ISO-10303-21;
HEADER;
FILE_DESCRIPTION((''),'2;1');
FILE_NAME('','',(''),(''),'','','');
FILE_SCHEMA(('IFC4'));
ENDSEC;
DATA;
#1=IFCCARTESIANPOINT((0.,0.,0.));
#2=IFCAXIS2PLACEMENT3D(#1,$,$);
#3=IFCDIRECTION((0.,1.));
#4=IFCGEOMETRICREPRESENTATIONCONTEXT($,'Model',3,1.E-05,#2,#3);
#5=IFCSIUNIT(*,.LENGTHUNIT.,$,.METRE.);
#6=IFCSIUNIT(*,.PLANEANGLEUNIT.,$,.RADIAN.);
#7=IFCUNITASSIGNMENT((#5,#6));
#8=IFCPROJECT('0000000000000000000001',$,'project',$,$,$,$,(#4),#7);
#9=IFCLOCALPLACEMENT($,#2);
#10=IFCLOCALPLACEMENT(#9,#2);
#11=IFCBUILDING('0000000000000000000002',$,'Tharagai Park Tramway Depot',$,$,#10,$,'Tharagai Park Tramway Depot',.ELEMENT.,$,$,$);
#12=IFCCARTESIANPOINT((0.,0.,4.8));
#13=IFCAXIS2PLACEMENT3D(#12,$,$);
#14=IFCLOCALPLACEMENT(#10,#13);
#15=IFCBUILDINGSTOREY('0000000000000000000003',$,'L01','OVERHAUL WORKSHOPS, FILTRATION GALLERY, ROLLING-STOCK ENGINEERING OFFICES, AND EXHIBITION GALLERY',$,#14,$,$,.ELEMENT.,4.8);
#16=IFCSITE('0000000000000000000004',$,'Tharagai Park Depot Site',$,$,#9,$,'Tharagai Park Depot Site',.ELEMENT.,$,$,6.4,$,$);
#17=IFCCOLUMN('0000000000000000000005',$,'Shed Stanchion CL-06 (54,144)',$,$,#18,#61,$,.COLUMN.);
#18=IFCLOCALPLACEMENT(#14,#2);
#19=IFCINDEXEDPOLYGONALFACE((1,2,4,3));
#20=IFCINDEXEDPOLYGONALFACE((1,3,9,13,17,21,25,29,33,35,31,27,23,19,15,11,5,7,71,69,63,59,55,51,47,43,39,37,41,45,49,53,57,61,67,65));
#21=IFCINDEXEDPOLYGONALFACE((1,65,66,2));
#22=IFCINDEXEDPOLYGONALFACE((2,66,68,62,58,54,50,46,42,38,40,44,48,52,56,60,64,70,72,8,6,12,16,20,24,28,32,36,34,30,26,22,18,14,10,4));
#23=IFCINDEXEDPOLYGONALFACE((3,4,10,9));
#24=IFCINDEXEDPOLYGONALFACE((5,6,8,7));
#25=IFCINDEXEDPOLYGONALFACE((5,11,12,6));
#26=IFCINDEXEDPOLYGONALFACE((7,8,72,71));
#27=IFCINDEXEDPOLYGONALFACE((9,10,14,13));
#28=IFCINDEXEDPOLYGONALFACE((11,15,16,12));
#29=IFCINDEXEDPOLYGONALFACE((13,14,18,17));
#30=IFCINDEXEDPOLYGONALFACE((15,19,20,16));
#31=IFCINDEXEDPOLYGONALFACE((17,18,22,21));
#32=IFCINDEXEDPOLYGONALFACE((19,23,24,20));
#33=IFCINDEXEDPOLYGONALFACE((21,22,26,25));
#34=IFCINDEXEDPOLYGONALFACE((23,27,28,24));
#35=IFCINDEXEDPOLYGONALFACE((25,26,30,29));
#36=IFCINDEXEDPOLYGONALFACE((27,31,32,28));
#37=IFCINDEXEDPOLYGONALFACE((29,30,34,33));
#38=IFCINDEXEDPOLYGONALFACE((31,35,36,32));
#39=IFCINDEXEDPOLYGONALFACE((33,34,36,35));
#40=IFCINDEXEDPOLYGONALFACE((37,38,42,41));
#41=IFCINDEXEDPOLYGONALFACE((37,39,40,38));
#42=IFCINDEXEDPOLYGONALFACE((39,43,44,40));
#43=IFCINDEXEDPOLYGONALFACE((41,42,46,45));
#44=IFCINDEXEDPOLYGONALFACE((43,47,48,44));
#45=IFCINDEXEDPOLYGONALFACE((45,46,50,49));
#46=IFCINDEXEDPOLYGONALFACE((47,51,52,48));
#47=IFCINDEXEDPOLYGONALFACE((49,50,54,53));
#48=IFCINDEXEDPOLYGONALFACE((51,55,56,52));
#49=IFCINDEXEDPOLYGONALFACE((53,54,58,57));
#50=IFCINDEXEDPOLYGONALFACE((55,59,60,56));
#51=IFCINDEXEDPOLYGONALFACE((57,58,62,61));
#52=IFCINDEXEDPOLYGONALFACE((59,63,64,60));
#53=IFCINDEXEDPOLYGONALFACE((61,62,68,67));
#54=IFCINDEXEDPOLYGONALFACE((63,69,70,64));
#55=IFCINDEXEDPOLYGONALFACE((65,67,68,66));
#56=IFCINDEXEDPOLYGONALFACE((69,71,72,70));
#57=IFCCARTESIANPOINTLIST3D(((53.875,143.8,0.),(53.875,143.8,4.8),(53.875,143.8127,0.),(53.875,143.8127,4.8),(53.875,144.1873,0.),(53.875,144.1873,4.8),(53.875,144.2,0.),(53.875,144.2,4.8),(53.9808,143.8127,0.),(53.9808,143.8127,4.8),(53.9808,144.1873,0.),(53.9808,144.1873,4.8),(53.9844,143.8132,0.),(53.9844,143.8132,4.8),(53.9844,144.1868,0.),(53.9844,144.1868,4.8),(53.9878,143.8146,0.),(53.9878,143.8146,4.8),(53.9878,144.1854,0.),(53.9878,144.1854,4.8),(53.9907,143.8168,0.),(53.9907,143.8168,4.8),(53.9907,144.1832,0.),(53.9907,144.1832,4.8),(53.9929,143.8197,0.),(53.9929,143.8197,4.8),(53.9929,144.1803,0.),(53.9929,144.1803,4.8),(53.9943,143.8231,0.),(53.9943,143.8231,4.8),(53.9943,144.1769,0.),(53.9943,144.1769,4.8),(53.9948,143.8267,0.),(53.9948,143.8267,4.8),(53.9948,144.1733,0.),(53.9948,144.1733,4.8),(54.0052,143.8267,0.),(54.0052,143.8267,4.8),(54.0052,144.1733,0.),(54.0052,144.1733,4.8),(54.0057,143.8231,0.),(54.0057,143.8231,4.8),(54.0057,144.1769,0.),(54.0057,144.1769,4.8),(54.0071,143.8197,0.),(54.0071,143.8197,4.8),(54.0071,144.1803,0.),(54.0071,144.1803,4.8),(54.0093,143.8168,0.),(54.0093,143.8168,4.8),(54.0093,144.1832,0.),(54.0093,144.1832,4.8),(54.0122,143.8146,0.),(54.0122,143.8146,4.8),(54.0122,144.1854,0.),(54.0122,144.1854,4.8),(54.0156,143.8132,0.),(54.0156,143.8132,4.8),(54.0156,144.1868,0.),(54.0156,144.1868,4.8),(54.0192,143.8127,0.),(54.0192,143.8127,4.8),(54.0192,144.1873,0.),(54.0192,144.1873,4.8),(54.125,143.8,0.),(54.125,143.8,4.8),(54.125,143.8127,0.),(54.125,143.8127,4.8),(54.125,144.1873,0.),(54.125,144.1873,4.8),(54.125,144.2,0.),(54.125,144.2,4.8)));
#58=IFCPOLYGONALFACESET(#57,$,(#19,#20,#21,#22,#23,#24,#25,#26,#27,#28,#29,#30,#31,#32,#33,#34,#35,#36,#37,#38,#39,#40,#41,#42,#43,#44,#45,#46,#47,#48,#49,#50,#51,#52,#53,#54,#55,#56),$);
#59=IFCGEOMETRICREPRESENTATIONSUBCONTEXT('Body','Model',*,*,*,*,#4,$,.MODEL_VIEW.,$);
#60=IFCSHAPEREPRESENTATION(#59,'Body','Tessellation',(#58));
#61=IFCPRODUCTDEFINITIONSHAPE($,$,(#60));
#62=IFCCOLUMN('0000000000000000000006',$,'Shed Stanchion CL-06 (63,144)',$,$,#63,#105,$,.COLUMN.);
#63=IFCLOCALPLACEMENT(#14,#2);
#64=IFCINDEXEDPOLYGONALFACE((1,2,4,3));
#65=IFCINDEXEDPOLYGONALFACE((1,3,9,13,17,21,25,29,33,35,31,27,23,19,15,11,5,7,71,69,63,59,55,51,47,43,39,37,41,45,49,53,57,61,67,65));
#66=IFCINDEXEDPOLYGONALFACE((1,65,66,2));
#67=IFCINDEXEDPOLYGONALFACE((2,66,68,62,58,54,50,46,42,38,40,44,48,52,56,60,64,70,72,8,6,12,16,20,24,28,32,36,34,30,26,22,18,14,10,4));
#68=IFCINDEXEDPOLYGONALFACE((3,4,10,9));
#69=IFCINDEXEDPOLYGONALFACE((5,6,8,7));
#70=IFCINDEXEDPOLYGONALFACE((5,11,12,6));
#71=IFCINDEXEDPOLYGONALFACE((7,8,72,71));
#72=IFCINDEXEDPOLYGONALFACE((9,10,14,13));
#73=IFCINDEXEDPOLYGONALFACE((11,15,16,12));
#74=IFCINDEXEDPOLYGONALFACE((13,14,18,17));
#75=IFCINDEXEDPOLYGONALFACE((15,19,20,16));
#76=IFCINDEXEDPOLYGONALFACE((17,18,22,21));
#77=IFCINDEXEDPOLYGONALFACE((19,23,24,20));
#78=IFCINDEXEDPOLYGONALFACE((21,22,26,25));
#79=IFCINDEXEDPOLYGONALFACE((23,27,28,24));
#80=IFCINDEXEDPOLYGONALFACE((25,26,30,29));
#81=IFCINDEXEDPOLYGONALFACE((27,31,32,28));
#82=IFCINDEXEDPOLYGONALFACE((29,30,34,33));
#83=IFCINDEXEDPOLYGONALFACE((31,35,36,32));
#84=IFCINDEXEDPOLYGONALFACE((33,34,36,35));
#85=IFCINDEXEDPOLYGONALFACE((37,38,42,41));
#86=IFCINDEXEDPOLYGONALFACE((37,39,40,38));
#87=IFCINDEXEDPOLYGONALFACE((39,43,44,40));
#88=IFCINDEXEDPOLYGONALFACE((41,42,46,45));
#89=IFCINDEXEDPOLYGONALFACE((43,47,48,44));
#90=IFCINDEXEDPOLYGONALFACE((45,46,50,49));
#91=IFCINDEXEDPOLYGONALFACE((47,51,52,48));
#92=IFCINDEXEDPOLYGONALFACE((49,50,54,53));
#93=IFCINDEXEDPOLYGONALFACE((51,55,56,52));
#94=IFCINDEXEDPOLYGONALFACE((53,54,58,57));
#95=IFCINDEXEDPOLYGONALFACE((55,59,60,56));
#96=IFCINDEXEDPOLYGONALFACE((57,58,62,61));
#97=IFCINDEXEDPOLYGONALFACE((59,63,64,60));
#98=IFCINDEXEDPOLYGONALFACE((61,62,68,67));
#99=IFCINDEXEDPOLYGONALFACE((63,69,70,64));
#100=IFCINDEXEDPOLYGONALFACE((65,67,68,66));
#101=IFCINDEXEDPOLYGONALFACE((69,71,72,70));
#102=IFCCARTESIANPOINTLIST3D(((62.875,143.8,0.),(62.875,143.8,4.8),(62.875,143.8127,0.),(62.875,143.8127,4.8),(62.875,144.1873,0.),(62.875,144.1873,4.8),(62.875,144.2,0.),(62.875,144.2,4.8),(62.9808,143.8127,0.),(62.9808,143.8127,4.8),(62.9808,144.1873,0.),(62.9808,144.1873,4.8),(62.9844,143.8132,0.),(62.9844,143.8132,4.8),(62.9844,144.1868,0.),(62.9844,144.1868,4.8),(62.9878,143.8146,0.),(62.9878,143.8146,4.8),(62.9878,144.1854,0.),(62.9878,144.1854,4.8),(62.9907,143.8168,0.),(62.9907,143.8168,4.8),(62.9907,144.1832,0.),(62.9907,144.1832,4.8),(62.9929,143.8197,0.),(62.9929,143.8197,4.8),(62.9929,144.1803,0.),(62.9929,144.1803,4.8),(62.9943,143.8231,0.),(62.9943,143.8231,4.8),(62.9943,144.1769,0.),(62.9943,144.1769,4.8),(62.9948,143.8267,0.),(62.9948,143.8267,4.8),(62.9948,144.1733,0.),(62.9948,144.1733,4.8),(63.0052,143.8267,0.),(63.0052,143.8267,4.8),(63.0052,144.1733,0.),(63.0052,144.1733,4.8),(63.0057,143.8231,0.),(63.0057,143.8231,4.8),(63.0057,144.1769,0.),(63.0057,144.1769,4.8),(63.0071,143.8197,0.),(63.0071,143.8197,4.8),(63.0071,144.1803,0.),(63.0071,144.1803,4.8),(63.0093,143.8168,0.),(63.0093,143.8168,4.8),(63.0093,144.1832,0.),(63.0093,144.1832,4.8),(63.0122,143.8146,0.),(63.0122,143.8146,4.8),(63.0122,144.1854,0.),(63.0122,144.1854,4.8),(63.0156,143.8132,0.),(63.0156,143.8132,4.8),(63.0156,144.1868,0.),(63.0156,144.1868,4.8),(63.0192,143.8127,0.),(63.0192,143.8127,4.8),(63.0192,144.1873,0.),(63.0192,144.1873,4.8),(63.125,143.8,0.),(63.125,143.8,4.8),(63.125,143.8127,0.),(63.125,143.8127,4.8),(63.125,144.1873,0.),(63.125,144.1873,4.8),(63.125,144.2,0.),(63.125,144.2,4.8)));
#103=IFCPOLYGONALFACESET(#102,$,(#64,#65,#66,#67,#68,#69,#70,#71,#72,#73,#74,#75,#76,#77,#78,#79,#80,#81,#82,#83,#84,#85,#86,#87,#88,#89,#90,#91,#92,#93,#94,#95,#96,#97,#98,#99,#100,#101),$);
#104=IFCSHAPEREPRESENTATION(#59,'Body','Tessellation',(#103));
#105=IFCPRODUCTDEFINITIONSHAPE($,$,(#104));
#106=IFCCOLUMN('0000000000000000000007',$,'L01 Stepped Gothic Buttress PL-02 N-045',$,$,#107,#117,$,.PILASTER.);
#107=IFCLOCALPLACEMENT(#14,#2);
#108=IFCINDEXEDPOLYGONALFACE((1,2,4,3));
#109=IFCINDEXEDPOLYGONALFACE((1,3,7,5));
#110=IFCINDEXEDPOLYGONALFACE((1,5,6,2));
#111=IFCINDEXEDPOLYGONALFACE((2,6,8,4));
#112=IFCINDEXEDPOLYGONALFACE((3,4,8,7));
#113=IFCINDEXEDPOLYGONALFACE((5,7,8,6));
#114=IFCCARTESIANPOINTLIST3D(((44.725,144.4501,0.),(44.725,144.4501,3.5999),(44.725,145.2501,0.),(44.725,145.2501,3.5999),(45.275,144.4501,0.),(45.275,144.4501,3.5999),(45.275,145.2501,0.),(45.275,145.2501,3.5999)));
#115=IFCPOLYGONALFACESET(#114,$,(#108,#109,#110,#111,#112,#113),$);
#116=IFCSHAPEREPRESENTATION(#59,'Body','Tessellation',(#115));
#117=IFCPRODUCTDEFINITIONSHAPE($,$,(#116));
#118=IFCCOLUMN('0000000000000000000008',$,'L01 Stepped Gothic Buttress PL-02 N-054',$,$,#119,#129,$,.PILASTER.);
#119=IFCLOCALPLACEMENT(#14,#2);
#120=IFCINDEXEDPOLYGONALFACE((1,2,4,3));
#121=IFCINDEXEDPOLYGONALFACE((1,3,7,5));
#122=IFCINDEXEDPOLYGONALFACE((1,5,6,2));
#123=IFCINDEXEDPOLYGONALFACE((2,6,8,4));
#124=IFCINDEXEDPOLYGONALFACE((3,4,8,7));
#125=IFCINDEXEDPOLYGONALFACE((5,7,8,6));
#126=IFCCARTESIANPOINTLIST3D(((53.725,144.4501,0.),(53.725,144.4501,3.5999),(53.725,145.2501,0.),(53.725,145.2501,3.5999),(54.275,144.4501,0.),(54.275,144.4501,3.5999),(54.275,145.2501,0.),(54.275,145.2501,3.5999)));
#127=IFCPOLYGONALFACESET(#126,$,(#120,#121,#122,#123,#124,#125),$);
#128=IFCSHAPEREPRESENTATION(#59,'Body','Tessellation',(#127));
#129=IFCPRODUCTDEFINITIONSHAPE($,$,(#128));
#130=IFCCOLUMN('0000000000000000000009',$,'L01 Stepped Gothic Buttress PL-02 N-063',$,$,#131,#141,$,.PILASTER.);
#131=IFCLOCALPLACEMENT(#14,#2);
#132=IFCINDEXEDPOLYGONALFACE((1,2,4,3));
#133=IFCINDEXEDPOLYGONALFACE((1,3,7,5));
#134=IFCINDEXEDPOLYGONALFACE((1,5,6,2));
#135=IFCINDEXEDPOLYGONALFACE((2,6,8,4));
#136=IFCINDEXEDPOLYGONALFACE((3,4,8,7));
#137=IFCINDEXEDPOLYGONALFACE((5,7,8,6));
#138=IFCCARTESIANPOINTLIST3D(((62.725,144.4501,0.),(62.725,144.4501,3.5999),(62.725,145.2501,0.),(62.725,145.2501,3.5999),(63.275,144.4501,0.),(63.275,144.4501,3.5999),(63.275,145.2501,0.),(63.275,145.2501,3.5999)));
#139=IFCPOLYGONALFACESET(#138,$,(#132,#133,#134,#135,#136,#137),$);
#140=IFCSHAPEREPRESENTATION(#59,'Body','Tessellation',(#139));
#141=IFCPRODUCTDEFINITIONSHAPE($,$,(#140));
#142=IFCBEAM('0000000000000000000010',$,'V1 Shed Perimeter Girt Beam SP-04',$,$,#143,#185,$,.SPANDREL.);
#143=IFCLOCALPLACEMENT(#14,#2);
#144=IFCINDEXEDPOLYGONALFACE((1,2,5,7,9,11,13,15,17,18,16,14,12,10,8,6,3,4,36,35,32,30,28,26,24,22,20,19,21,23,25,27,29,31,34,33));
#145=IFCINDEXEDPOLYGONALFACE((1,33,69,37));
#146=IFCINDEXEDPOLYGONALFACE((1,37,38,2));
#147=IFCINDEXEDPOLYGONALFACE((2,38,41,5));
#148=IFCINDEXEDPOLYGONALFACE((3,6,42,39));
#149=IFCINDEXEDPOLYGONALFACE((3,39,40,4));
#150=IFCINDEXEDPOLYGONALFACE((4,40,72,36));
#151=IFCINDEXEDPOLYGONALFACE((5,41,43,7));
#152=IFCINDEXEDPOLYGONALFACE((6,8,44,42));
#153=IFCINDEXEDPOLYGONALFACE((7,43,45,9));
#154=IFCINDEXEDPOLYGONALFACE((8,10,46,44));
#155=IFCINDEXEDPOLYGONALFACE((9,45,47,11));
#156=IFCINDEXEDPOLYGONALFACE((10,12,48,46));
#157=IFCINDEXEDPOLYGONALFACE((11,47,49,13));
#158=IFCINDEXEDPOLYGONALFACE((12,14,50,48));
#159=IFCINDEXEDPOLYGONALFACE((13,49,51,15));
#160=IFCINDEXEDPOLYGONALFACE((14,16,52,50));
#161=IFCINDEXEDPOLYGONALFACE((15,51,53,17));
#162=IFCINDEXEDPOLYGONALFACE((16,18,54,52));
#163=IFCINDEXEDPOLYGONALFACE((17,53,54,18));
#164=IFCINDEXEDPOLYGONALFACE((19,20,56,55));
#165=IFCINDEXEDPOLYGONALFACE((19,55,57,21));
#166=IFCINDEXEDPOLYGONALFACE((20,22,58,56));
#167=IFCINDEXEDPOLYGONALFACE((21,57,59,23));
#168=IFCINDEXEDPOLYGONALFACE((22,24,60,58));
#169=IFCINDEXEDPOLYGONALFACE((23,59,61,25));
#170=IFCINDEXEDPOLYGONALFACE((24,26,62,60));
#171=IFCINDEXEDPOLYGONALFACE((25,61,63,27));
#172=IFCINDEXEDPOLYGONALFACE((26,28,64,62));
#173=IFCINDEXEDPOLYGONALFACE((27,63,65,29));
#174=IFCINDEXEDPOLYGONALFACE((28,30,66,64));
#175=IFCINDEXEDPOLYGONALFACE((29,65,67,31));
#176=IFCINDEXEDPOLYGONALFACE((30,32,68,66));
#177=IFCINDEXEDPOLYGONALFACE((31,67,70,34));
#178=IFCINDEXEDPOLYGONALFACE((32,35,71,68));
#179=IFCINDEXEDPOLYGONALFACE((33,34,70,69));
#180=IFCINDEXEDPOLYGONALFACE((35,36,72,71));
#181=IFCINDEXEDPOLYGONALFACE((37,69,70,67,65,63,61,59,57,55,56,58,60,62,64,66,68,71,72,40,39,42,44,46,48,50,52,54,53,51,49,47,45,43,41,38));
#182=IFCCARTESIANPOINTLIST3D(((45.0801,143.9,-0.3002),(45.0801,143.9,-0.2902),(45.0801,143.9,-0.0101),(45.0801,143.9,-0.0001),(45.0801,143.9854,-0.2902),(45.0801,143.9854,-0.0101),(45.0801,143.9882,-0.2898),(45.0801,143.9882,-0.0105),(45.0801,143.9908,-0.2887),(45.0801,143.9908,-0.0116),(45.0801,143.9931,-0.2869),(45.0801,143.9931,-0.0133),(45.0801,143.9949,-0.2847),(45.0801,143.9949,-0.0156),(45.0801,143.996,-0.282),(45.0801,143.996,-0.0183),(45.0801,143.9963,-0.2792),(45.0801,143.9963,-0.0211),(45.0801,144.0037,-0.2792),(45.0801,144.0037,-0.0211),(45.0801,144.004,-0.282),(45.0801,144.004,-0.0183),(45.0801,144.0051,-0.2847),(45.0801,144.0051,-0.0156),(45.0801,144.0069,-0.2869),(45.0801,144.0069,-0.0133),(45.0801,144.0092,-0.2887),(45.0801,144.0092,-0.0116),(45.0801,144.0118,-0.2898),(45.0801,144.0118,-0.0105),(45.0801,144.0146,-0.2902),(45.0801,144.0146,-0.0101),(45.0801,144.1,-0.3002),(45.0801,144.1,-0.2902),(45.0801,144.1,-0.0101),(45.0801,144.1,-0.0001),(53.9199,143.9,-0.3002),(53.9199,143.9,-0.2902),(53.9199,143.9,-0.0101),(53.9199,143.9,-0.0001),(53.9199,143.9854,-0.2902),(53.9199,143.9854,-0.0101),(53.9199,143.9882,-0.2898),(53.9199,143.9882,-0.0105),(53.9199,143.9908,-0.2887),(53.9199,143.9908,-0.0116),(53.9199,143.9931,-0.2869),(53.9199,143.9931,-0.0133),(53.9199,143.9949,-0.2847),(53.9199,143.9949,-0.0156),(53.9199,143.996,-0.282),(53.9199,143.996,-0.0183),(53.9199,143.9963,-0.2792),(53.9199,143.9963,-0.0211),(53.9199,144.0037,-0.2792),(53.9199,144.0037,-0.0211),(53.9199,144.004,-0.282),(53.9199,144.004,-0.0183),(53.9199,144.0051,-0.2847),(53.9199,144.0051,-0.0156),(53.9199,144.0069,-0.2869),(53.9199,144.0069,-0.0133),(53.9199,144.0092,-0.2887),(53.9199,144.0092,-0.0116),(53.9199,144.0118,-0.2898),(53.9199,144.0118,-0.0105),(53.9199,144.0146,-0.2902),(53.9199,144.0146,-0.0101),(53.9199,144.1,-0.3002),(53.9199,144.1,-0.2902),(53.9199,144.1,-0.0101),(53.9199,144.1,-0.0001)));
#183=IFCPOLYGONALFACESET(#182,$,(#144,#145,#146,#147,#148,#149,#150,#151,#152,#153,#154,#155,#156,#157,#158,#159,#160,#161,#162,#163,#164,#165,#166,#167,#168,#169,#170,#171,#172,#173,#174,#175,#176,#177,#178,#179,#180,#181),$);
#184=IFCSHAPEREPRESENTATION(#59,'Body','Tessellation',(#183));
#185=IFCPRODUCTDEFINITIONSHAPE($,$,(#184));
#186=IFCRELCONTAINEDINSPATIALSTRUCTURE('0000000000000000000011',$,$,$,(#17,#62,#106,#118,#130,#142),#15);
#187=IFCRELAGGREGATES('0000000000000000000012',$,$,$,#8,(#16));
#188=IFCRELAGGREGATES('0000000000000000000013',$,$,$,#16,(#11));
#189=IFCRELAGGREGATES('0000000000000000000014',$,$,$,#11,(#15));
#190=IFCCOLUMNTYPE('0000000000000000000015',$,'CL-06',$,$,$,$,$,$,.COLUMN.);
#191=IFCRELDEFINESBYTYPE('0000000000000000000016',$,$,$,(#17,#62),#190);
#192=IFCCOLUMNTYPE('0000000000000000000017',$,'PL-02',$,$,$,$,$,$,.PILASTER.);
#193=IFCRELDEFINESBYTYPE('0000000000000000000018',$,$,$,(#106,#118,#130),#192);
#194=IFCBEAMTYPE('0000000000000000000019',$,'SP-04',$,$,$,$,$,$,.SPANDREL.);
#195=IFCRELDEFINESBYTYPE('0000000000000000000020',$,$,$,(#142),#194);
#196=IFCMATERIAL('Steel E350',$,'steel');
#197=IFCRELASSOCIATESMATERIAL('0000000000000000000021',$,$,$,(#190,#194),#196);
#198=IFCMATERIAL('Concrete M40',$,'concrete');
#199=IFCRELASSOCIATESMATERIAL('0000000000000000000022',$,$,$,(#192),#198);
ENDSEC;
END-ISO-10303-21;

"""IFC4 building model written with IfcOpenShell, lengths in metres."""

from ifc_helpers import new_model, si_unit, direction, frame, origin, origin_2d, place, context, subcontext, project, spatial, rectangle, i_section, extrude, material, material_profile, profile_set, type_object, element, save


model = new_model("IFC4")

# Units and contexts
model_context = context("Model", 3, precision=1e-05, world=origin(), true_north=direction((0.0, 1.0)))
body_context = subcontext(model_context, "Body", "Model", "MODEL_VIEW")
ifc_project = project(units=[si_unit("LENGTHUNIT", "METRE"), si_unit("PLANEANGLEUNIT", "RADIAN")], contexts=[model_context])

# Site, building, storey
site_placement = place(None, origin())
site = spatial("IfcSite", under=ifc_project, at=site_placement, Name="Tharagai Park Depot Site", LongName="Tharagai Park Depot Site", CompositionType="ELEMENT", RefElevation=6.4)
building_placement = place(site_placement, origin())
building = spatial("IfcBuilding", under=site, at=building_placement, Name="Tharagai Park Tramway Depot", LongName="Tharagai Park Tramway Depot", CompositionType="ELEMENT")
storey_placement = place(building_placement, frame((0.0, 0.0, 4.8)))
storey = spatial("IfcBuildingStorey", under=building, at=storey_placement, Name="L01", Description="OVERHAUL WORKSHOPS, FILTRATION GALLERY, ROLLING-STOCK ENGINEERING OFFICES, AND EXHIBITION GALLERY", CompositionType="ELEMENT", Elevation=4.8)

# Columns
ifc_material_1 = material(Name="Steel E350", Category="steel")
ifc_material_profile_1 = material_profile(ifc_material_1, i_section(OverallWidth=0.25, OverallDepth=0.3999, WebThickness=0.0105, FlangeThickness=0.0127, FilletRadius=0.0139, at=origin_2d()), Name="ISHB 400")
ifc_profile_set_1 = profile_set([ifc_material_profile_1], Name="Steel E350")
column_type_1 = type_object("IfcColumnType", Name="CL-06", PredefinedType="COLUMN", material=ifc_profile_set_1)
for number, where, z_axis, x_axis, name in (
    (1, (54.0, 144.0, 0.0), (0.0, 0.0, 1.0), (1.0, 0.0, 0.0), "Shed Stanchion CL-06 (54,144)"),
    (2, (63.0, 144.0, 0.0), (0.0, 0.0, 1.0), (1.0, 0.0, 0.0), "Shed Stanchion CL-06 (63,144)"),
):
    element("IfcColumn", number, at=place(storey_placement, frame(where, z_axis=z_axis, x_axis=x_axis)), inside=storey, type_object=column_type_1, Name=name, PredefinedType="COLUMN", context=body_context, shape_type="SweptSolid", body=[
        extrude(i_section(OverallWidth=0.25, OverallDepth=0.3999, WebThickness=0.0105, FlangeThickness=0.0127, FilletRadius=0.0139, at=origin_2d()), origin(), (0.0, 0.0, 1.0), 4.8),
    ])
ifc_material_2 = material(Name="Concrete M40", Category="concrete")
ifc_material_profile_2 = material_profile(ifc_material_2, rectangle(XDim=0.55, YDim=0.8, at=origin_2d()), Name="RC 550x800")
ifc_profile_set_2 = profile_set([ifc_material_profile_2], Name="Concrete M40")
column_type_2 = type_object("IfcColumnType", Name="PL-02", PredefinedType="PILASTER", material=ifc_profile_set_2)
for number, where, z_axis, x_axis, name in (
    (3, (45.0, 144.8501, 0.0), (0.0, 0.0, 1.0), (1.0, 0.0, 0.0), "L01 Stepped Gothic Buttress PL-02 N-045"),
    (4, (54.0, 144.8501, 0.0), (0.0, 0.0, 1.0), (1.0, 0.0, 0.0), "L01 Stepped Gothic Buttress PL-02 N-054"),
    (5, (63.0, 144.8501, 0.0), (0.0, 0.0, 1.0), (1.0, 0.0, 0.0), "L01 Stepped Gothic Buttress PL-02 N-063"),
):
    element("IfcColumn", number, at=place(storey_placement, frame(where, z_axis=z_axis, x_axis=x_axis)), inside=storey, type_object=column_type_2, Name=name, PredefinedType="PILASTER", context=body_context, shape_type="SweptSolid", body=[
        extrude(rectangle(XDim=0.55, YDim=0.8, at=origin_2d()), origin(), (0.0, 0.0, 1.0), 3.5999),
    ])

# Beam
ifc_material_profile_3 = material_profile(ifc_material_1, i_section(OverallWidth=0.2, OverallDepth=0.3, WebThickness=0.0073, FlangeThickness=0.01, FilletRadius=0.011, at=origin_2d()), Name="ISWB 300")
ifc_profile_set_3 = profile_set([ifc_material_profile_3], Name="Steel E350")
beam_type = type_object("IfcBeamType", Name="SP-04", PredefinedType="SPANDREL", material=ifc_profile_set_3)
for number, where, z_axis, x_axis, name in (
    (6, (45.0801, 144.0, -0.1501), (1.0, 0.0, 0.0), (0.0, 1.0, 0.0), "V1 Shed Perimeter Girt Beam SP-04"),
):
    element("IfcBeam", number, at=place(storey_placement, frame(where, z_axis=z_axis, x_axis=x_axis)), inside=storey, type_object=beam_type, Name=name, PredefinedType="SPANDREL", context=body_context, shape_type="SweptSolid", body=[
        extrude(i_section(OverallWidth=0.2, OverallDepth=0.3, WebThickness=0.0073, FlangeThickness=0.01, FilletRadius=0.011, at=origin_2d()), origin(), (0.0, 0.0, 1.0), 8.8398),
    ])

save(model, "model.ifc")
